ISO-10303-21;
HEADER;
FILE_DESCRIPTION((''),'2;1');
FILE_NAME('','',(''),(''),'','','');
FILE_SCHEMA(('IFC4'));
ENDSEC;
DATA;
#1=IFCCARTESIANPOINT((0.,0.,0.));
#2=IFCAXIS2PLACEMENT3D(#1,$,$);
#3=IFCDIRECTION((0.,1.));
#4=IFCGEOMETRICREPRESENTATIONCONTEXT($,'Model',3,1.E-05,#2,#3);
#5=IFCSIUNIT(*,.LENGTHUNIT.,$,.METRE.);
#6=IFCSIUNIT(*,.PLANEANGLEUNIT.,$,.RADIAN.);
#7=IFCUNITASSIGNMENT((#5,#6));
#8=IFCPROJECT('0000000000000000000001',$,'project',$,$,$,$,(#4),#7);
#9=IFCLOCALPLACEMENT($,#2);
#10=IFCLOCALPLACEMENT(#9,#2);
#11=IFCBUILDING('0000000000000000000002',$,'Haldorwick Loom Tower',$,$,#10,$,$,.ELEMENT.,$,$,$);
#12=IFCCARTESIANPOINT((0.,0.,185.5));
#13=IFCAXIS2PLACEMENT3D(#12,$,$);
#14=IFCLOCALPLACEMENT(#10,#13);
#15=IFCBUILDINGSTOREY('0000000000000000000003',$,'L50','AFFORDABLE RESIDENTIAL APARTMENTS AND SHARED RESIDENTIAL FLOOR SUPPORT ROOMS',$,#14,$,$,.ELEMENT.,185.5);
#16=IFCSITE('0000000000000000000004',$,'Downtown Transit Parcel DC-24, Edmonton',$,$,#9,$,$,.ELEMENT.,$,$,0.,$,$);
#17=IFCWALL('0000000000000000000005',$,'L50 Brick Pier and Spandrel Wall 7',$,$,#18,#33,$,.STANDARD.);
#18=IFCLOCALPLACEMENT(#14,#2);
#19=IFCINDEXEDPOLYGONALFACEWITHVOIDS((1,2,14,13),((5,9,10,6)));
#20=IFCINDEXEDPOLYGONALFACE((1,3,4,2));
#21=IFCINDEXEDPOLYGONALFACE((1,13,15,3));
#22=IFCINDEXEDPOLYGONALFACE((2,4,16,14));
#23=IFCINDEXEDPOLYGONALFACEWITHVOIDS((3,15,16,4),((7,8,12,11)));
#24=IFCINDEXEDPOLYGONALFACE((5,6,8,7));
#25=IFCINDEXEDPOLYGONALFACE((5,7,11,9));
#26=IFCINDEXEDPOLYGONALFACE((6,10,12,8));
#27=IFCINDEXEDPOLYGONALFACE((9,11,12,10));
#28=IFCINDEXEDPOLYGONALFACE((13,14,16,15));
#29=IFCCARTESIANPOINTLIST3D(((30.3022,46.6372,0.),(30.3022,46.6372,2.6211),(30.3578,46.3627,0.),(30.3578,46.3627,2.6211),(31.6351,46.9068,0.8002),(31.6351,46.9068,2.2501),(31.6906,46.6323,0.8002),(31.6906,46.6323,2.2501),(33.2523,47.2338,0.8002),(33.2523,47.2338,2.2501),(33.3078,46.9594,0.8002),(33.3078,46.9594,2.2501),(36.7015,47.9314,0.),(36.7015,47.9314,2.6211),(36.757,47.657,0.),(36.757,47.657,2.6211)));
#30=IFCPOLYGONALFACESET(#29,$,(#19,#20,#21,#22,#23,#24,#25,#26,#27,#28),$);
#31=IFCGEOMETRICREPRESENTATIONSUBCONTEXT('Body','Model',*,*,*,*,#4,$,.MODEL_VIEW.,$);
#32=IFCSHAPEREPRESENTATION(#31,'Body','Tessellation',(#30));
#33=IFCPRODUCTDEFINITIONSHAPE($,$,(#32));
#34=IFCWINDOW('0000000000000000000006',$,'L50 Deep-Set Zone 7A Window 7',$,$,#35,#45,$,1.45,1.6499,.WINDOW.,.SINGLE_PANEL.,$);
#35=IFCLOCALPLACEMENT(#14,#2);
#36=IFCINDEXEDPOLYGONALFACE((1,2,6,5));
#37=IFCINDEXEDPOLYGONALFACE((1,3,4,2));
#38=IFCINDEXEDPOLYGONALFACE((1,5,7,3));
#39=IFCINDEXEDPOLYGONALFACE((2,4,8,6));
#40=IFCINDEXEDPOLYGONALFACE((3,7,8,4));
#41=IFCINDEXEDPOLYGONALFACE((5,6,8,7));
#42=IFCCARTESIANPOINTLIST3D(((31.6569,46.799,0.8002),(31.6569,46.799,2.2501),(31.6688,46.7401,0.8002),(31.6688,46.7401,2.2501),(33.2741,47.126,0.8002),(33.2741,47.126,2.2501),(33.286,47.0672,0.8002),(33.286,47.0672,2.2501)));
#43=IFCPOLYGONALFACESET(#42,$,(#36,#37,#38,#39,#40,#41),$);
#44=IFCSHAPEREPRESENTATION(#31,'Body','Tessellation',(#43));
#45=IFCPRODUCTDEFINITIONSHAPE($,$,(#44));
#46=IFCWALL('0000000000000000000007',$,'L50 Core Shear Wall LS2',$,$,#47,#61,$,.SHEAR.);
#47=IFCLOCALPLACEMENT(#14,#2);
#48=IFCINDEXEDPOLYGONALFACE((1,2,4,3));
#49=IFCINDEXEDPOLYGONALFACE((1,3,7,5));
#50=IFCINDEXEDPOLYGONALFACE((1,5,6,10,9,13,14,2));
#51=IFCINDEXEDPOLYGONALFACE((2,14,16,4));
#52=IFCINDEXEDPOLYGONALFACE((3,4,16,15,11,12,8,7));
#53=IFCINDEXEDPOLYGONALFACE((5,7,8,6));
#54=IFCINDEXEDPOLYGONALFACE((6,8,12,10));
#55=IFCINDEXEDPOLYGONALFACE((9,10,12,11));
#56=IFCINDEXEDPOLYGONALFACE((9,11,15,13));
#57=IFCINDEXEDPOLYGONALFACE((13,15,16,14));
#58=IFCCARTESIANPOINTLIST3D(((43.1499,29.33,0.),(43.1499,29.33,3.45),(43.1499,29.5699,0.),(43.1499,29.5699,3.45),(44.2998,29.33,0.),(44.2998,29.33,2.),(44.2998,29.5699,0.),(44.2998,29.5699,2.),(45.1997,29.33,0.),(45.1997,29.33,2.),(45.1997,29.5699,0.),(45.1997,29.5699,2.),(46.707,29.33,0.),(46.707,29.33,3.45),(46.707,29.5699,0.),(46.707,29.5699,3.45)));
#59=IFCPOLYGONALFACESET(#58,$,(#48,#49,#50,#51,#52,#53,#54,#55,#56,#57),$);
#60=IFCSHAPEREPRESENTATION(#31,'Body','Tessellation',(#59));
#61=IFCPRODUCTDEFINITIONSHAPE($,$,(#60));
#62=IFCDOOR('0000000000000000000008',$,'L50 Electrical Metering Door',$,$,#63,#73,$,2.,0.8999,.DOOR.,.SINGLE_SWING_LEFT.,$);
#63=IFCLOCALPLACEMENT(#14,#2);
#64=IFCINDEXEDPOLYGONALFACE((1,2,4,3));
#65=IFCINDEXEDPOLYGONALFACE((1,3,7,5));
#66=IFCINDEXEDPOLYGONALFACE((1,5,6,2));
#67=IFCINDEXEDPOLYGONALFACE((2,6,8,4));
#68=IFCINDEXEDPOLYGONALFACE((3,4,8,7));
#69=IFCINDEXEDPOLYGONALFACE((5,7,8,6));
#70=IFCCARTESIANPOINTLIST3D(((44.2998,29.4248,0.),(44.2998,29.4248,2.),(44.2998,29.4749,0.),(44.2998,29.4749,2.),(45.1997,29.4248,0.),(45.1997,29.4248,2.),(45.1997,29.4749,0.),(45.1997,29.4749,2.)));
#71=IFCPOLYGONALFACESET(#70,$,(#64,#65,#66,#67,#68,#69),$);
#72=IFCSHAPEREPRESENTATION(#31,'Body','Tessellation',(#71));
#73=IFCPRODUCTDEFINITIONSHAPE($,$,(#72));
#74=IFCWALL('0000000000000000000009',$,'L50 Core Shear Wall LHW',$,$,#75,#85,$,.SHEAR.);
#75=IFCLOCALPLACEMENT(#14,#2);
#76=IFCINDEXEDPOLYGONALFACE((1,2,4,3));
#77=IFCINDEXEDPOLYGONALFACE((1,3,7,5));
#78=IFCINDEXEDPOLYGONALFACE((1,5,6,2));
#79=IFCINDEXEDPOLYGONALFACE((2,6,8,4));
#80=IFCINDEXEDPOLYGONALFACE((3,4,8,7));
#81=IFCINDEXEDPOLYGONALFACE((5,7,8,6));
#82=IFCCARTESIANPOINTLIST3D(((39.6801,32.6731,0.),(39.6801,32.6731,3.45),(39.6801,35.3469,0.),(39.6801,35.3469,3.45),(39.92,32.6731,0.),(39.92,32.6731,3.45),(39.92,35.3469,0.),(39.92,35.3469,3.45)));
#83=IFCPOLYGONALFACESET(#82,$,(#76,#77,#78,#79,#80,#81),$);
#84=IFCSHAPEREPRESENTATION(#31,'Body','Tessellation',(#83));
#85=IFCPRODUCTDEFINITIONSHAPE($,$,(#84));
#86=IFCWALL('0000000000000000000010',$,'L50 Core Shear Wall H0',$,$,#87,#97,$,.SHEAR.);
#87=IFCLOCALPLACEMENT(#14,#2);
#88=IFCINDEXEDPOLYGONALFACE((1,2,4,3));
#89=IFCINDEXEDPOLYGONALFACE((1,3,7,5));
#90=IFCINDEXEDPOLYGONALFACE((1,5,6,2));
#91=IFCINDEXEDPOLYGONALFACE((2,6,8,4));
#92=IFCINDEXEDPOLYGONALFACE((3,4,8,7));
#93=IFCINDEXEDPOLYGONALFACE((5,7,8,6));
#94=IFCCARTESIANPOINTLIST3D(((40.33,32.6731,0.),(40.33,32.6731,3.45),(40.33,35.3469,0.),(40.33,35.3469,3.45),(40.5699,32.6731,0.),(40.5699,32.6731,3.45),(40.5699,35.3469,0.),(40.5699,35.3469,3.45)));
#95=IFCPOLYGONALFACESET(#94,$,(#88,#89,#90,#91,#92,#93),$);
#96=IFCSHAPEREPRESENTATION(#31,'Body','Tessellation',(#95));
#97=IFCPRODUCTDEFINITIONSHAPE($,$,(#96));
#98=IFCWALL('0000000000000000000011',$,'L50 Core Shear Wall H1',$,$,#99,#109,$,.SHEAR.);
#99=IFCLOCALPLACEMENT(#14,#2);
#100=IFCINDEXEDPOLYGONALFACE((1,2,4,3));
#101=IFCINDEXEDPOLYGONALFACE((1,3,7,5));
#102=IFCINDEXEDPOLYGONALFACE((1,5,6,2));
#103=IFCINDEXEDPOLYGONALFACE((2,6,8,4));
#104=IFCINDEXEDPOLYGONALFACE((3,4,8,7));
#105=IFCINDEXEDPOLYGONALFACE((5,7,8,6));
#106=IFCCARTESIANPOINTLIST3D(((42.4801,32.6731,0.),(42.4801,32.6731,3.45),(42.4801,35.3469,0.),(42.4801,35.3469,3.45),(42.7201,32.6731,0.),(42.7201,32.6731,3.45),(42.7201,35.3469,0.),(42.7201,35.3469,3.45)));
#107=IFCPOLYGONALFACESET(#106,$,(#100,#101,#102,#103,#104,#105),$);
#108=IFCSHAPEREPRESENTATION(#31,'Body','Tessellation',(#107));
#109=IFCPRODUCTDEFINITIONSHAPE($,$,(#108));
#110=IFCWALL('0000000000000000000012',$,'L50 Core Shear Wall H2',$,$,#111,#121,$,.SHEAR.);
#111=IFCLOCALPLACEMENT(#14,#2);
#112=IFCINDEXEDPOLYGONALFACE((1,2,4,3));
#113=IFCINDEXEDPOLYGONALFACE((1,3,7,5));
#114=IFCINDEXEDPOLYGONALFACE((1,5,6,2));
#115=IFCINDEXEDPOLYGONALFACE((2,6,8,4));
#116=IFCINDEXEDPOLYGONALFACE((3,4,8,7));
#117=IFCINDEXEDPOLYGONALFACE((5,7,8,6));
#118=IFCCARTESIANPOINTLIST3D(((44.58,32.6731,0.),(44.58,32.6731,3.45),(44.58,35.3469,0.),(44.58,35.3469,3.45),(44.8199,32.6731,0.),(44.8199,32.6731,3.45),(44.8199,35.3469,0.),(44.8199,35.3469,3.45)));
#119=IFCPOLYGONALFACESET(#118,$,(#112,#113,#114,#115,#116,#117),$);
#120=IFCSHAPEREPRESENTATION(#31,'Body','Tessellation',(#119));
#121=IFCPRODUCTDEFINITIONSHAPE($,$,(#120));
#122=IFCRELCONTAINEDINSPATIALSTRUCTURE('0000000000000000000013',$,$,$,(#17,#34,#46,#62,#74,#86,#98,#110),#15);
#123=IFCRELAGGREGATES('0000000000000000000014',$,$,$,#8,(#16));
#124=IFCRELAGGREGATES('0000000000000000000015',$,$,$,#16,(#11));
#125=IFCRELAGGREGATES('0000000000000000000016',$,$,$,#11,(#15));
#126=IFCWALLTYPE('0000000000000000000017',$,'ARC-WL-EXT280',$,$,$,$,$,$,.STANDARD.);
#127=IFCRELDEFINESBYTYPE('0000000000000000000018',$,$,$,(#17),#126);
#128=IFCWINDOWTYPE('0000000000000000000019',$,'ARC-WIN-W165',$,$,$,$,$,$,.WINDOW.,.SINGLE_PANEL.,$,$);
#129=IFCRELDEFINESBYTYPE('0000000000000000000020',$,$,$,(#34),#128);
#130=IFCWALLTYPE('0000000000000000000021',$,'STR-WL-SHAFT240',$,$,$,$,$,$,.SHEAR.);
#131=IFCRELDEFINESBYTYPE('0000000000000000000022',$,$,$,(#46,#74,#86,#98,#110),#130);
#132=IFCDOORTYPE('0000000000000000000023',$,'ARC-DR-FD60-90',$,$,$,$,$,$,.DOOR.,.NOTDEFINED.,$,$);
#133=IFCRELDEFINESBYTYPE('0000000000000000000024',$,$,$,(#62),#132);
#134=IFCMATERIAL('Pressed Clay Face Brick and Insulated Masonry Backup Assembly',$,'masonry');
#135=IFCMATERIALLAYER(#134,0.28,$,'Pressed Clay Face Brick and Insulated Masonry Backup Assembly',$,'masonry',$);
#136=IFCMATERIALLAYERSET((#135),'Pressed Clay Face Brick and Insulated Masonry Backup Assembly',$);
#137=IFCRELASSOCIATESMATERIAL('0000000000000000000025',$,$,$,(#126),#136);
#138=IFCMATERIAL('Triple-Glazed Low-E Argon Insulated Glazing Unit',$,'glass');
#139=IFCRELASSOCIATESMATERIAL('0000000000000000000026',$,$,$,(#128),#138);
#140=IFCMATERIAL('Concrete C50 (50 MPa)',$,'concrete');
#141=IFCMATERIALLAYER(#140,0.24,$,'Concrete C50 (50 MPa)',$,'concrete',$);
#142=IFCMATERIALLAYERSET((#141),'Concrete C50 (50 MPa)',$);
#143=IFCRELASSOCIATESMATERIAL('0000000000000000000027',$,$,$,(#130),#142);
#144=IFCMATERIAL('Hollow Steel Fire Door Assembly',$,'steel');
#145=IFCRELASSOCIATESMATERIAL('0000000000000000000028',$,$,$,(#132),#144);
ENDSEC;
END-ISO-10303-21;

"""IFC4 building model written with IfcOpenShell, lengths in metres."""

from ifc_helpers import new_model, si_unit, direction, frame, frame_2d, origin, place, context, subcontext, project, spatial, rectangle, extrude, material, layer, layer_set, type_object, element, fill, save


model = new_model("IFC4")

# Units and contexts
model_context = context("Model", 3, precision=1e-05, world=origin(), true_north=direction((0.0, 1.0)))
body_context = subcontext(model_context, "Body", "Model", "MODEL_VIEW")
ifc_project = project(units=[si_unit("LENGTHUNIT", "METRE"), si_unit("PLANEANGLEUNIT", "RADIAN")], contexts=[model_context])

# Site, building, storey
site_placement = place(None, origin())
site = spatial("IfcSite", under=ifc_project, at=site_placement, Name="Downtown Transit Parcel DC-24, Edmonton", CompositionType="ELEMENT", RefElevation=0.0)
building_placement = place(site_placement, origin())
building = spatial("IfcBuilding", under=site, at=building_placement, Name="Haldorwick Loom Tower", CompositionType="ELEMENT")
storey_placement = place(building_placement, frame((0.0, 0.0, 185.5)))
storey = spatial("IfcBuildingStorey", under=building, at=storey_placement, Name="L50", Description="AFFORDABLE RESIDENTIAL APARTMENTS AND SHARED RESIDENTIAL FLOOR SUPPORT ROOMS", CompositionType="ELEMENT", Elevation=185.5)

# Shared definitions
ifc_material_1 = material(Name="Concrete C50 (50 MPa)", Category="concrete")

# Wall, opening, window
ifc_material_2 = material(Name="Pressed Clay Face Brick and Insulated Masonry Backup Assembly", Category="masonry")
ifc_layer_1 = layer(ifc_material_2, 0.28, Name="Pressed Clay Face Brick and Insulated Masonry Backup Assembly", Category="masonry")
ifc_layer_set_1 = layer_set([ifc_layer_1], Name="Pressed Clay Face Brick and Insulated Masonry Backup Assembly")
wall_type_1 = type_object("IfcWallType", Name="ARC-WL-EXT280", PredefinedType="STANDARD", material=ifc_layer_set_1)
ifc_material_3 = material(Name="Triple-Glazed Low-E Argon Insulated Glazing Unit", Category="glass")
window_type = type_object("IfcWindowType", Name="ARC-WIN-W165", PartitioningType="SINGLE_PANEL", PredefinedType="WINDOW", material=ifc_material_3)
wall_1_placement = place(storey_placement, frame((36.7292, 47.7942, 0.0), z_axis=(0.0, 0.0, 1.0), x_axis=(-0.980156, -0.19823, 0.0)))
wall_1 = element("IfcWall", 1, at=wall_1_placement, inside=storey, type_object=wall_type_1, Name="L50 Brick Pier and Spandrel Wall 7", PredefinedType="STANDARD", context=body_context, shape_type="SweptSolid", body=[
    extrude(rectangle(XDim=6.5288, YDim=0.28, at=frame_2d((3.2644, 0.0))), origin(), (0.0, 0.0, 1.0), 2.6211),
])
opening_1_placement = place(wall_1_placement, frame((3.519, 0.0, 0.8)))
opening_1 = element("IfcOpeningElement", 2, at=opening_1_placement, cuts=wall_1, PredefinedType="OPENING", context=body_context, shape_type="SweptSolid", body=[
    extrude(rectangle(XDim=1.6499, YDim=1.45, at=frame_2d((0.825, 0.7251))), frame((0.0, 0.1499, 0.0), z_axis=(0.0, -1.0, 0.0), x_axis=(1.0, 0.0, 0.0)), (0.0, 0.0, 1.0), 0.3),
])
window_1_placement = place(opening_1_placement, origin())
window_1 = element("IfcWindow", 3, at=window_1_placement, inside=storey, type_object=window_type, Name="L50 Deep-Set Zone 7A Window 7", OverallHeight=1.45, OverallWidth=1.6499, PartitioningType="SINGLE_PANEL", PredefinedType="WINDOW", context=body_context, shape_type="SweptSolid", body=[
    extrude(rectangle(XDim=1.6499, YDim=1.45, at=frame_2d((0.825, 0.7251))), frame((0.0, 0.03, 0.0), z_axis=(0.0, -1.0, 0.0), x_axis=(1.0, 0.0, 0.0)), (0.0, 0.0, 1.0), 0.0601),
])
fill(opening_1, window_1)

# Wall, opening, door
ifc_layer_2 = layer(ifc_material_1, 0.24, Name="Concrete C50 (50 MPa)", Category="concrete")
ifc_layer_set_2 = layer_set([ifc_layer_2], Name="Concrete C50 (50 MPa)")
wall_type_2 = type_object("IfcWallType", Name="STR-WL-SHAFT240", PredefinedType="SHEAR", material=ifc_layer_set_2)
wall_2_placement = place(storey_placement, frame((43.1499, 29.45, 0.0), z_axis=(0.0, 0.0, 1.0), x_axis=(1.0, 0.0, 0.0)))
wall_2 = element("IfcWall", 4, at=wall_2_placement, inside=storey, type_object=wall_type_2, Name="L50 Core Shear Wall LS2", PredefinedType="SHEAR", context=body_context, shape_type="SweptSolid", body=[
    extrude(rectangle(XDim=3.5571, YDim=0.24, at=frame_2d((1.7786, 0.0))), origin(), (0.0, 0.0, 1.0), 3.45),
])
opening_2_placement = place(wall_2_placement, frame((1.1499, 0.0, 0.0)))
opening_2 = element("IfcOpeningElement", 5, at=opening_2_placement, cuts=wall_2, PredefinedType="OPENING", context=body_context, shape_type="SweptSolid", body=[
    extrude(rectangle(XDim=0.8999, YDim=2.0, at=frame_2d((0.45, 1.0))), frame((0.0, 0.1299, 0.0), z_axis=(0.0, -1.0, 0.0), x_axis=(1.0, 0.0, 0.0)), (0.0, 0.0, 1.0), 0.26),
])
ifc_material_4 = material(Name="Hollow Steel Fire Door Assembly", Category="steel")
door_type = type_object("IfcDoorType", Name="ARC-DR-FD60-90", OperationType="NOTDEFINED", PredefinedType="DOOR", material=ifc_material_4)
door_placement = place(opening_2_placement, origin())
door = element("IfcDoor", 6, at=door_placement, inside=storey, type_object=door_type, Name="L50 Electrical Metering Door", OperationType="SINGLE_SWING_LEFT", OverallHeight=2.0, OverallWidth=0.8999, PredefinedType="DOOR", context=body_context, shape_type="SweptSolid", body=[
    extrude(rectangle(XDim=0.8999, YDim=2.0, at=frame_2d((0.45, 1.0))), frame((0.0, 0.0249, 0.0), z_axis=(0.0, -1.0, 0.0), x_axis=(1.0, 0.0, 0.0)), (0.0, 0.0, 1.0), 0.05),
])
fill(opening_2, door)

# Walls
for number, where, z_axis, x_axis, name in (
    (7, (39.8, 32.6731, 0.0), (0.0, 0.0, 1.0), (0.0, 1.0, 0.0), "L50 Core Shear Wall LHW"),
    (8, (40.45, 32.6731, 0.0), (0.0, 0.0, 1.0), (0.0, 1.0, 0.0), "L50 Core Shear Wall H0"),
    (9, (42.6001, 32.6731, 0.0), (0.0, 0.0, 1.0), (0.0, 1.0, 0.0), "L50 Core Shear Wall H1"),
    (10, (44.7, 32.6731, 0.0), (0.0, 0.0, 1.0), (0.0, 1.0, 0.0), "L50 Core Shear Wall H2"),
):
    element("IfcWall", number, at=place(storey_placement, frame(where, z_axis=z_axis, x_axis=x_axis)), inside=storey, type_object=wall_type_2, Name=name, PredefinedType="SHEAR", context=body_context, shape_type="SweptSolid", body=[
        extrude(rectangle(XDim=2.6738, YDim=0.24, at=frame_2d((1.3369, 0.0))), origin(), (0.0, 0.0, 1.0), 3.45),
    ])

save(model, "model.ifc")
